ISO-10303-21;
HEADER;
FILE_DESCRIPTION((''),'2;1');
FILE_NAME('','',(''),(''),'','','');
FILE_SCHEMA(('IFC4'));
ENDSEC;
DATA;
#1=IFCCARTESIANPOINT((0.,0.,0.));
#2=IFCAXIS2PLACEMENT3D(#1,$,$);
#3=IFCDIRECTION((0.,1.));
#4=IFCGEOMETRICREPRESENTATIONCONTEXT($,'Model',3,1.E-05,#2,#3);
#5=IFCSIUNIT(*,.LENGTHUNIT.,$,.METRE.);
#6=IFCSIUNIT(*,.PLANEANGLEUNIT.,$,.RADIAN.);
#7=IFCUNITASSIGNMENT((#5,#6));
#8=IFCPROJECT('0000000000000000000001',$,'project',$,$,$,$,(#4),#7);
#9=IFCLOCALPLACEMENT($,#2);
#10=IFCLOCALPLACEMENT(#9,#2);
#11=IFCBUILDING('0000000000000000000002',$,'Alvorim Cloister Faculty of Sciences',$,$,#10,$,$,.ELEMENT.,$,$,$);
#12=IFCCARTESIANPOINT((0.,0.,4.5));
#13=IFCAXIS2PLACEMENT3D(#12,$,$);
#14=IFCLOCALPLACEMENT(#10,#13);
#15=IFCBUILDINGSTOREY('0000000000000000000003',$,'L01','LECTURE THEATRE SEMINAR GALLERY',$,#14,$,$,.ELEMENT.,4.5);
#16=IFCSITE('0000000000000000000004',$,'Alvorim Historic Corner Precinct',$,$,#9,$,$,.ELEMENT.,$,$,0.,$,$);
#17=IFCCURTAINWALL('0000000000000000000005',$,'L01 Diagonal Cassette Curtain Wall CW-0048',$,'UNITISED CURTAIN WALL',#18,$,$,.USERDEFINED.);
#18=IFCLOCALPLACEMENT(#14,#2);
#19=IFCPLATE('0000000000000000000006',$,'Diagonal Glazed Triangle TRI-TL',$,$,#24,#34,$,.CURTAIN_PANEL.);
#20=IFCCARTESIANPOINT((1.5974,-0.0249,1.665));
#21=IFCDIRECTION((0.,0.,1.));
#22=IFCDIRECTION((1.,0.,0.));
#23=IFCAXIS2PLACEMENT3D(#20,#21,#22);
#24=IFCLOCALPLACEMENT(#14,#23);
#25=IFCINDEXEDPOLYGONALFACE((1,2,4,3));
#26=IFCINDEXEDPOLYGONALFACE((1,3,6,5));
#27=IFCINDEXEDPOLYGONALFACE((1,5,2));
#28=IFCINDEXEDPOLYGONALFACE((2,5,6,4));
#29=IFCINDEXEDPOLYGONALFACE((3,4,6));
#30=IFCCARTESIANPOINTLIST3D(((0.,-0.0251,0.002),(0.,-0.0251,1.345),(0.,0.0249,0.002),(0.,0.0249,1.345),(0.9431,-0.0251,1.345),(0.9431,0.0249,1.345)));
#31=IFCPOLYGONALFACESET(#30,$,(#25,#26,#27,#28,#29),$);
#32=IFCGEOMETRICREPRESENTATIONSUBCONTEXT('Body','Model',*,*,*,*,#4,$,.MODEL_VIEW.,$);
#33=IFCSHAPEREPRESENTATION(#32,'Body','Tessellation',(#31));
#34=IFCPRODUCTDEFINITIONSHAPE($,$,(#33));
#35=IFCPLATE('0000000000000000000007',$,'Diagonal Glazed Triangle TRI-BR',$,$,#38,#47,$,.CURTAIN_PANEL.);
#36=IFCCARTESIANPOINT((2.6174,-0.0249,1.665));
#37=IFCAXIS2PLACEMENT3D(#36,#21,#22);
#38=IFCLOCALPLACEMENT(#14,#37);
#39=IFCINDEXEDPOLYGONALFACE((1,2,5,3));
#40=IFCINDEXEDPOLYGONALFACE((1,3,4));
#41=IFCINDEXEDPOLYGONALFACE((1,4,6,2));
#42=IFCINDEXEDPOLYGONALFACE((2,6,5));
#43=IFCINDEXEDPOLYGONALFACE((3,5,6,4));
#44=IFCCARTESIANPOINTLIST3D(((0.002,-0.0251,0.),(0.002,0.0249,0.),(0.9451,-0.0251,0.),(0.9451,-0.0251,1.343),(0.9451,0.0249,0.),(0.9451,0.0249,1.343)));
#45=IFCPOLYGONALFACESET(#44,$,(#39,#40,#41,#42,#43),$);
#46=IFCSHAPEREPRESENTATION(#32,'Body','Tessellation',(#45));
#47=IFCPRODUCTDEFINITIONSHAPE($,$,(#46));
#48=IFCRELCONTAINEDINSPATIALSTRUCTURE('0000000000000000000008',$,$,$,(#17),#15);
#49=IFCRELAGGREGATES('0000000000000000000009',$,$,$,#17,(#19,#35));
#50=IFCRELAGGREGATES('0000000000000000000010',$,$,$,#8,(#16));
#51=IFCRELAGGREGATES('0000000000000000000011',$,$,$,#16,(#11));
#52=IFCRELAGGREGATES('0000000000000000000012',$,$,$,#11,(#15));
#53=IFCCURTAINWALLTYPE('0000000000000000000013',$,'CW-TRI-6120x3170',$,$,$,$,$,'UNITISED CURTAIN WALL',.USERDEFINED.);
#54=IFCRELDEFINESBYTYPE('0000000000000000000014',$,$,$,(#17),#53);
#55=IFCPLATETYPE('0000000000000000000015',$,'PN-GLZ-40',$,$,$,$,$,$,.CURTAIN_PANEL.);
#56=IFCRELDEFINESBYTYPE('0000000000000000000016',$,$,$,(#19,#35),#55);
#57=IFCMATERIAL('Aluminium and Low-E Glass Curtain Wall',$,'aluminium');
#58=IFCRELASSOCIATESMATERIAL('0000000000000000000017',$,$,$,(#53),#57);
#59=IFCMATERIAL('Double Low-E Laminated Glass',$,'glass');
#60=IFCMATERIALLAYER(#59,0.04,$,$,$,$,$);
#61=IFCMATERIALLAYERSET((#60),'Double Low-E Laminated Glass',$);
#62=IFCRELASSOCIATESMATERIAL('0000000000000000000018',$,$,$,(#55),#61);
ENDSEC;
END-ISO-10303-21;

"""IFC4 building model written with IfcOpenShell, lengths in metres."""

from ifc_helpers import new_model, si_unit, direction, frame, origin, place, context, subcontext, project, spatial, polyline, outline, extrude, material, layer, layer_set, type_object, element, aggregate, save


model = new_model("IFC4")

# Units and contexts
model_context = context("Model", 3, precision=1e-05, world=origin(), true_north=direction((0.0, 1.0)))
body_context = subcontext(model_context, "Body", "Model", "MODEL_VIEW")
ifc_project = project(units=[si_unit("LENGTHUNIT", "METRE"), si_unit("PLANEANGLEUNIT", "RADIAN")], contexts=[model_context])

# Site, building, storey
site_placement = place(None, origin())
site = spatial("IfcSite", under=ifc_project, at=site_placement, Name="Alvorim Historic Corner Precinct", CompositionType="ELEMENT", RefElevation=0.0)
building_placement = place(site_placement, origin())
building = spatial("IfcBuilding", under=site, at=building_placement, Name="Alvorim Cloister Faculty of Sciences", CompositionType="ELEMENT")
storey_placement = place(building_placement, frame((0.0, 0.0, 4.5)))
storey = spatial("IfcBuildingStorey", under=building, at=storey_placement, Name="L01", Description="LECTURE THEATRE SEMINAR GALLERY", CompositionType="ELEMENT", Elevation=4.5)

# Curtain wall, plates
ifc_material_1 = material(Name="Aluminium and Low-E Glass Curtain Wall", Category="aluminium")
curtain_wall_type = type_object("IfcCurtainWallType", Name="CW-TRI-6120x3170", ElementType="UNITISED CURTAIN WALL", PredefinedType="USERDEFINED", material=ifc_material_1)
curtain_wall_placement = place(storey_placement, origin())
curtain_wall = element("IfcCurtainWall", 1, at=curtain_wall_placement, inside=storey, type_object=curtain_wall_type, Name="L01 Diagonal Cassette Curtain Wall CW-0048", ObjectType="UNITISED CURTAIN WALL", PredefinedType="USERDEFINED")
ifc_material_2 = material(Name="Double Low-E Laminated Glass", Category="glass")
ifc_layer_1 = layer(ifc_material_2, 0.04)
ifc_layer_set_1 = layer_set([ifc_layer_1], Name="Double Low-E Laminated Glass")
plate_type = type_object("IfcPlateType", Name="PN-GLZ-40", PredefinedType="CURTAIN_PANEL", material=ifc_layer_set_1)
plate_1_placement = place(storey_placement, frame((1.5974, -0.0249, 1.665), z_axis=(0.0, 0.0, 1.0), x_axis=(1.0, 0.0, 0.0)))
plate_1 = element("IfcPlate", 2, at=plate_1_placement, type_object=plate_type, Name="Diagonal Glazed Triangle TRI-TL", PredefinedType="CURTAIN_PANEL", context=body_context, shape_type="SweptSolid", body=[
    extrude(outline(polyline([(0.9431, 1.345), (0.0, 1.345), (0.0, 0.002), (0.9431, 1.345)])), frame((0.0, 0.0249, 0.0), z_axis=(0.0, -1.0, 0.0), x_axis=(1.0, 0.0, 0.0)), (0.0, 0.0, 1.0), 0.05),
])
plate_2_placement = place(storey_placement, frame((2.6174, -0.0249, 1.665), z_axis=(0.0, 0.0, 1.0), x_axis=(1.0, 0.0, 0.0)))
plate_2 = element("IfcPlate", 3, at=plate_2_placement, type_object=plate_type, Name="Diagonal Glazed Triangle TRI-BR", PredefinedType="CURTAIN_PANEL", context=body_context, shape_type="SweptSolid", body=[
    extrude(outline(polyline([(0.002, 0.0), (0.9451, 0.0), (0.9451, 1.343), (0.002, 0.0)])), frame((0.0, 0.0249, 0.0), z_axis=(0.0, -1.0, 0.0), x_axis=(1.0, 0.0, 0.0)), (0.0, 0.0, 1.0), 0.05),
])
aggregate(curtain_wall, [plate_1, plate_2])

save(model, "model.ifc")
